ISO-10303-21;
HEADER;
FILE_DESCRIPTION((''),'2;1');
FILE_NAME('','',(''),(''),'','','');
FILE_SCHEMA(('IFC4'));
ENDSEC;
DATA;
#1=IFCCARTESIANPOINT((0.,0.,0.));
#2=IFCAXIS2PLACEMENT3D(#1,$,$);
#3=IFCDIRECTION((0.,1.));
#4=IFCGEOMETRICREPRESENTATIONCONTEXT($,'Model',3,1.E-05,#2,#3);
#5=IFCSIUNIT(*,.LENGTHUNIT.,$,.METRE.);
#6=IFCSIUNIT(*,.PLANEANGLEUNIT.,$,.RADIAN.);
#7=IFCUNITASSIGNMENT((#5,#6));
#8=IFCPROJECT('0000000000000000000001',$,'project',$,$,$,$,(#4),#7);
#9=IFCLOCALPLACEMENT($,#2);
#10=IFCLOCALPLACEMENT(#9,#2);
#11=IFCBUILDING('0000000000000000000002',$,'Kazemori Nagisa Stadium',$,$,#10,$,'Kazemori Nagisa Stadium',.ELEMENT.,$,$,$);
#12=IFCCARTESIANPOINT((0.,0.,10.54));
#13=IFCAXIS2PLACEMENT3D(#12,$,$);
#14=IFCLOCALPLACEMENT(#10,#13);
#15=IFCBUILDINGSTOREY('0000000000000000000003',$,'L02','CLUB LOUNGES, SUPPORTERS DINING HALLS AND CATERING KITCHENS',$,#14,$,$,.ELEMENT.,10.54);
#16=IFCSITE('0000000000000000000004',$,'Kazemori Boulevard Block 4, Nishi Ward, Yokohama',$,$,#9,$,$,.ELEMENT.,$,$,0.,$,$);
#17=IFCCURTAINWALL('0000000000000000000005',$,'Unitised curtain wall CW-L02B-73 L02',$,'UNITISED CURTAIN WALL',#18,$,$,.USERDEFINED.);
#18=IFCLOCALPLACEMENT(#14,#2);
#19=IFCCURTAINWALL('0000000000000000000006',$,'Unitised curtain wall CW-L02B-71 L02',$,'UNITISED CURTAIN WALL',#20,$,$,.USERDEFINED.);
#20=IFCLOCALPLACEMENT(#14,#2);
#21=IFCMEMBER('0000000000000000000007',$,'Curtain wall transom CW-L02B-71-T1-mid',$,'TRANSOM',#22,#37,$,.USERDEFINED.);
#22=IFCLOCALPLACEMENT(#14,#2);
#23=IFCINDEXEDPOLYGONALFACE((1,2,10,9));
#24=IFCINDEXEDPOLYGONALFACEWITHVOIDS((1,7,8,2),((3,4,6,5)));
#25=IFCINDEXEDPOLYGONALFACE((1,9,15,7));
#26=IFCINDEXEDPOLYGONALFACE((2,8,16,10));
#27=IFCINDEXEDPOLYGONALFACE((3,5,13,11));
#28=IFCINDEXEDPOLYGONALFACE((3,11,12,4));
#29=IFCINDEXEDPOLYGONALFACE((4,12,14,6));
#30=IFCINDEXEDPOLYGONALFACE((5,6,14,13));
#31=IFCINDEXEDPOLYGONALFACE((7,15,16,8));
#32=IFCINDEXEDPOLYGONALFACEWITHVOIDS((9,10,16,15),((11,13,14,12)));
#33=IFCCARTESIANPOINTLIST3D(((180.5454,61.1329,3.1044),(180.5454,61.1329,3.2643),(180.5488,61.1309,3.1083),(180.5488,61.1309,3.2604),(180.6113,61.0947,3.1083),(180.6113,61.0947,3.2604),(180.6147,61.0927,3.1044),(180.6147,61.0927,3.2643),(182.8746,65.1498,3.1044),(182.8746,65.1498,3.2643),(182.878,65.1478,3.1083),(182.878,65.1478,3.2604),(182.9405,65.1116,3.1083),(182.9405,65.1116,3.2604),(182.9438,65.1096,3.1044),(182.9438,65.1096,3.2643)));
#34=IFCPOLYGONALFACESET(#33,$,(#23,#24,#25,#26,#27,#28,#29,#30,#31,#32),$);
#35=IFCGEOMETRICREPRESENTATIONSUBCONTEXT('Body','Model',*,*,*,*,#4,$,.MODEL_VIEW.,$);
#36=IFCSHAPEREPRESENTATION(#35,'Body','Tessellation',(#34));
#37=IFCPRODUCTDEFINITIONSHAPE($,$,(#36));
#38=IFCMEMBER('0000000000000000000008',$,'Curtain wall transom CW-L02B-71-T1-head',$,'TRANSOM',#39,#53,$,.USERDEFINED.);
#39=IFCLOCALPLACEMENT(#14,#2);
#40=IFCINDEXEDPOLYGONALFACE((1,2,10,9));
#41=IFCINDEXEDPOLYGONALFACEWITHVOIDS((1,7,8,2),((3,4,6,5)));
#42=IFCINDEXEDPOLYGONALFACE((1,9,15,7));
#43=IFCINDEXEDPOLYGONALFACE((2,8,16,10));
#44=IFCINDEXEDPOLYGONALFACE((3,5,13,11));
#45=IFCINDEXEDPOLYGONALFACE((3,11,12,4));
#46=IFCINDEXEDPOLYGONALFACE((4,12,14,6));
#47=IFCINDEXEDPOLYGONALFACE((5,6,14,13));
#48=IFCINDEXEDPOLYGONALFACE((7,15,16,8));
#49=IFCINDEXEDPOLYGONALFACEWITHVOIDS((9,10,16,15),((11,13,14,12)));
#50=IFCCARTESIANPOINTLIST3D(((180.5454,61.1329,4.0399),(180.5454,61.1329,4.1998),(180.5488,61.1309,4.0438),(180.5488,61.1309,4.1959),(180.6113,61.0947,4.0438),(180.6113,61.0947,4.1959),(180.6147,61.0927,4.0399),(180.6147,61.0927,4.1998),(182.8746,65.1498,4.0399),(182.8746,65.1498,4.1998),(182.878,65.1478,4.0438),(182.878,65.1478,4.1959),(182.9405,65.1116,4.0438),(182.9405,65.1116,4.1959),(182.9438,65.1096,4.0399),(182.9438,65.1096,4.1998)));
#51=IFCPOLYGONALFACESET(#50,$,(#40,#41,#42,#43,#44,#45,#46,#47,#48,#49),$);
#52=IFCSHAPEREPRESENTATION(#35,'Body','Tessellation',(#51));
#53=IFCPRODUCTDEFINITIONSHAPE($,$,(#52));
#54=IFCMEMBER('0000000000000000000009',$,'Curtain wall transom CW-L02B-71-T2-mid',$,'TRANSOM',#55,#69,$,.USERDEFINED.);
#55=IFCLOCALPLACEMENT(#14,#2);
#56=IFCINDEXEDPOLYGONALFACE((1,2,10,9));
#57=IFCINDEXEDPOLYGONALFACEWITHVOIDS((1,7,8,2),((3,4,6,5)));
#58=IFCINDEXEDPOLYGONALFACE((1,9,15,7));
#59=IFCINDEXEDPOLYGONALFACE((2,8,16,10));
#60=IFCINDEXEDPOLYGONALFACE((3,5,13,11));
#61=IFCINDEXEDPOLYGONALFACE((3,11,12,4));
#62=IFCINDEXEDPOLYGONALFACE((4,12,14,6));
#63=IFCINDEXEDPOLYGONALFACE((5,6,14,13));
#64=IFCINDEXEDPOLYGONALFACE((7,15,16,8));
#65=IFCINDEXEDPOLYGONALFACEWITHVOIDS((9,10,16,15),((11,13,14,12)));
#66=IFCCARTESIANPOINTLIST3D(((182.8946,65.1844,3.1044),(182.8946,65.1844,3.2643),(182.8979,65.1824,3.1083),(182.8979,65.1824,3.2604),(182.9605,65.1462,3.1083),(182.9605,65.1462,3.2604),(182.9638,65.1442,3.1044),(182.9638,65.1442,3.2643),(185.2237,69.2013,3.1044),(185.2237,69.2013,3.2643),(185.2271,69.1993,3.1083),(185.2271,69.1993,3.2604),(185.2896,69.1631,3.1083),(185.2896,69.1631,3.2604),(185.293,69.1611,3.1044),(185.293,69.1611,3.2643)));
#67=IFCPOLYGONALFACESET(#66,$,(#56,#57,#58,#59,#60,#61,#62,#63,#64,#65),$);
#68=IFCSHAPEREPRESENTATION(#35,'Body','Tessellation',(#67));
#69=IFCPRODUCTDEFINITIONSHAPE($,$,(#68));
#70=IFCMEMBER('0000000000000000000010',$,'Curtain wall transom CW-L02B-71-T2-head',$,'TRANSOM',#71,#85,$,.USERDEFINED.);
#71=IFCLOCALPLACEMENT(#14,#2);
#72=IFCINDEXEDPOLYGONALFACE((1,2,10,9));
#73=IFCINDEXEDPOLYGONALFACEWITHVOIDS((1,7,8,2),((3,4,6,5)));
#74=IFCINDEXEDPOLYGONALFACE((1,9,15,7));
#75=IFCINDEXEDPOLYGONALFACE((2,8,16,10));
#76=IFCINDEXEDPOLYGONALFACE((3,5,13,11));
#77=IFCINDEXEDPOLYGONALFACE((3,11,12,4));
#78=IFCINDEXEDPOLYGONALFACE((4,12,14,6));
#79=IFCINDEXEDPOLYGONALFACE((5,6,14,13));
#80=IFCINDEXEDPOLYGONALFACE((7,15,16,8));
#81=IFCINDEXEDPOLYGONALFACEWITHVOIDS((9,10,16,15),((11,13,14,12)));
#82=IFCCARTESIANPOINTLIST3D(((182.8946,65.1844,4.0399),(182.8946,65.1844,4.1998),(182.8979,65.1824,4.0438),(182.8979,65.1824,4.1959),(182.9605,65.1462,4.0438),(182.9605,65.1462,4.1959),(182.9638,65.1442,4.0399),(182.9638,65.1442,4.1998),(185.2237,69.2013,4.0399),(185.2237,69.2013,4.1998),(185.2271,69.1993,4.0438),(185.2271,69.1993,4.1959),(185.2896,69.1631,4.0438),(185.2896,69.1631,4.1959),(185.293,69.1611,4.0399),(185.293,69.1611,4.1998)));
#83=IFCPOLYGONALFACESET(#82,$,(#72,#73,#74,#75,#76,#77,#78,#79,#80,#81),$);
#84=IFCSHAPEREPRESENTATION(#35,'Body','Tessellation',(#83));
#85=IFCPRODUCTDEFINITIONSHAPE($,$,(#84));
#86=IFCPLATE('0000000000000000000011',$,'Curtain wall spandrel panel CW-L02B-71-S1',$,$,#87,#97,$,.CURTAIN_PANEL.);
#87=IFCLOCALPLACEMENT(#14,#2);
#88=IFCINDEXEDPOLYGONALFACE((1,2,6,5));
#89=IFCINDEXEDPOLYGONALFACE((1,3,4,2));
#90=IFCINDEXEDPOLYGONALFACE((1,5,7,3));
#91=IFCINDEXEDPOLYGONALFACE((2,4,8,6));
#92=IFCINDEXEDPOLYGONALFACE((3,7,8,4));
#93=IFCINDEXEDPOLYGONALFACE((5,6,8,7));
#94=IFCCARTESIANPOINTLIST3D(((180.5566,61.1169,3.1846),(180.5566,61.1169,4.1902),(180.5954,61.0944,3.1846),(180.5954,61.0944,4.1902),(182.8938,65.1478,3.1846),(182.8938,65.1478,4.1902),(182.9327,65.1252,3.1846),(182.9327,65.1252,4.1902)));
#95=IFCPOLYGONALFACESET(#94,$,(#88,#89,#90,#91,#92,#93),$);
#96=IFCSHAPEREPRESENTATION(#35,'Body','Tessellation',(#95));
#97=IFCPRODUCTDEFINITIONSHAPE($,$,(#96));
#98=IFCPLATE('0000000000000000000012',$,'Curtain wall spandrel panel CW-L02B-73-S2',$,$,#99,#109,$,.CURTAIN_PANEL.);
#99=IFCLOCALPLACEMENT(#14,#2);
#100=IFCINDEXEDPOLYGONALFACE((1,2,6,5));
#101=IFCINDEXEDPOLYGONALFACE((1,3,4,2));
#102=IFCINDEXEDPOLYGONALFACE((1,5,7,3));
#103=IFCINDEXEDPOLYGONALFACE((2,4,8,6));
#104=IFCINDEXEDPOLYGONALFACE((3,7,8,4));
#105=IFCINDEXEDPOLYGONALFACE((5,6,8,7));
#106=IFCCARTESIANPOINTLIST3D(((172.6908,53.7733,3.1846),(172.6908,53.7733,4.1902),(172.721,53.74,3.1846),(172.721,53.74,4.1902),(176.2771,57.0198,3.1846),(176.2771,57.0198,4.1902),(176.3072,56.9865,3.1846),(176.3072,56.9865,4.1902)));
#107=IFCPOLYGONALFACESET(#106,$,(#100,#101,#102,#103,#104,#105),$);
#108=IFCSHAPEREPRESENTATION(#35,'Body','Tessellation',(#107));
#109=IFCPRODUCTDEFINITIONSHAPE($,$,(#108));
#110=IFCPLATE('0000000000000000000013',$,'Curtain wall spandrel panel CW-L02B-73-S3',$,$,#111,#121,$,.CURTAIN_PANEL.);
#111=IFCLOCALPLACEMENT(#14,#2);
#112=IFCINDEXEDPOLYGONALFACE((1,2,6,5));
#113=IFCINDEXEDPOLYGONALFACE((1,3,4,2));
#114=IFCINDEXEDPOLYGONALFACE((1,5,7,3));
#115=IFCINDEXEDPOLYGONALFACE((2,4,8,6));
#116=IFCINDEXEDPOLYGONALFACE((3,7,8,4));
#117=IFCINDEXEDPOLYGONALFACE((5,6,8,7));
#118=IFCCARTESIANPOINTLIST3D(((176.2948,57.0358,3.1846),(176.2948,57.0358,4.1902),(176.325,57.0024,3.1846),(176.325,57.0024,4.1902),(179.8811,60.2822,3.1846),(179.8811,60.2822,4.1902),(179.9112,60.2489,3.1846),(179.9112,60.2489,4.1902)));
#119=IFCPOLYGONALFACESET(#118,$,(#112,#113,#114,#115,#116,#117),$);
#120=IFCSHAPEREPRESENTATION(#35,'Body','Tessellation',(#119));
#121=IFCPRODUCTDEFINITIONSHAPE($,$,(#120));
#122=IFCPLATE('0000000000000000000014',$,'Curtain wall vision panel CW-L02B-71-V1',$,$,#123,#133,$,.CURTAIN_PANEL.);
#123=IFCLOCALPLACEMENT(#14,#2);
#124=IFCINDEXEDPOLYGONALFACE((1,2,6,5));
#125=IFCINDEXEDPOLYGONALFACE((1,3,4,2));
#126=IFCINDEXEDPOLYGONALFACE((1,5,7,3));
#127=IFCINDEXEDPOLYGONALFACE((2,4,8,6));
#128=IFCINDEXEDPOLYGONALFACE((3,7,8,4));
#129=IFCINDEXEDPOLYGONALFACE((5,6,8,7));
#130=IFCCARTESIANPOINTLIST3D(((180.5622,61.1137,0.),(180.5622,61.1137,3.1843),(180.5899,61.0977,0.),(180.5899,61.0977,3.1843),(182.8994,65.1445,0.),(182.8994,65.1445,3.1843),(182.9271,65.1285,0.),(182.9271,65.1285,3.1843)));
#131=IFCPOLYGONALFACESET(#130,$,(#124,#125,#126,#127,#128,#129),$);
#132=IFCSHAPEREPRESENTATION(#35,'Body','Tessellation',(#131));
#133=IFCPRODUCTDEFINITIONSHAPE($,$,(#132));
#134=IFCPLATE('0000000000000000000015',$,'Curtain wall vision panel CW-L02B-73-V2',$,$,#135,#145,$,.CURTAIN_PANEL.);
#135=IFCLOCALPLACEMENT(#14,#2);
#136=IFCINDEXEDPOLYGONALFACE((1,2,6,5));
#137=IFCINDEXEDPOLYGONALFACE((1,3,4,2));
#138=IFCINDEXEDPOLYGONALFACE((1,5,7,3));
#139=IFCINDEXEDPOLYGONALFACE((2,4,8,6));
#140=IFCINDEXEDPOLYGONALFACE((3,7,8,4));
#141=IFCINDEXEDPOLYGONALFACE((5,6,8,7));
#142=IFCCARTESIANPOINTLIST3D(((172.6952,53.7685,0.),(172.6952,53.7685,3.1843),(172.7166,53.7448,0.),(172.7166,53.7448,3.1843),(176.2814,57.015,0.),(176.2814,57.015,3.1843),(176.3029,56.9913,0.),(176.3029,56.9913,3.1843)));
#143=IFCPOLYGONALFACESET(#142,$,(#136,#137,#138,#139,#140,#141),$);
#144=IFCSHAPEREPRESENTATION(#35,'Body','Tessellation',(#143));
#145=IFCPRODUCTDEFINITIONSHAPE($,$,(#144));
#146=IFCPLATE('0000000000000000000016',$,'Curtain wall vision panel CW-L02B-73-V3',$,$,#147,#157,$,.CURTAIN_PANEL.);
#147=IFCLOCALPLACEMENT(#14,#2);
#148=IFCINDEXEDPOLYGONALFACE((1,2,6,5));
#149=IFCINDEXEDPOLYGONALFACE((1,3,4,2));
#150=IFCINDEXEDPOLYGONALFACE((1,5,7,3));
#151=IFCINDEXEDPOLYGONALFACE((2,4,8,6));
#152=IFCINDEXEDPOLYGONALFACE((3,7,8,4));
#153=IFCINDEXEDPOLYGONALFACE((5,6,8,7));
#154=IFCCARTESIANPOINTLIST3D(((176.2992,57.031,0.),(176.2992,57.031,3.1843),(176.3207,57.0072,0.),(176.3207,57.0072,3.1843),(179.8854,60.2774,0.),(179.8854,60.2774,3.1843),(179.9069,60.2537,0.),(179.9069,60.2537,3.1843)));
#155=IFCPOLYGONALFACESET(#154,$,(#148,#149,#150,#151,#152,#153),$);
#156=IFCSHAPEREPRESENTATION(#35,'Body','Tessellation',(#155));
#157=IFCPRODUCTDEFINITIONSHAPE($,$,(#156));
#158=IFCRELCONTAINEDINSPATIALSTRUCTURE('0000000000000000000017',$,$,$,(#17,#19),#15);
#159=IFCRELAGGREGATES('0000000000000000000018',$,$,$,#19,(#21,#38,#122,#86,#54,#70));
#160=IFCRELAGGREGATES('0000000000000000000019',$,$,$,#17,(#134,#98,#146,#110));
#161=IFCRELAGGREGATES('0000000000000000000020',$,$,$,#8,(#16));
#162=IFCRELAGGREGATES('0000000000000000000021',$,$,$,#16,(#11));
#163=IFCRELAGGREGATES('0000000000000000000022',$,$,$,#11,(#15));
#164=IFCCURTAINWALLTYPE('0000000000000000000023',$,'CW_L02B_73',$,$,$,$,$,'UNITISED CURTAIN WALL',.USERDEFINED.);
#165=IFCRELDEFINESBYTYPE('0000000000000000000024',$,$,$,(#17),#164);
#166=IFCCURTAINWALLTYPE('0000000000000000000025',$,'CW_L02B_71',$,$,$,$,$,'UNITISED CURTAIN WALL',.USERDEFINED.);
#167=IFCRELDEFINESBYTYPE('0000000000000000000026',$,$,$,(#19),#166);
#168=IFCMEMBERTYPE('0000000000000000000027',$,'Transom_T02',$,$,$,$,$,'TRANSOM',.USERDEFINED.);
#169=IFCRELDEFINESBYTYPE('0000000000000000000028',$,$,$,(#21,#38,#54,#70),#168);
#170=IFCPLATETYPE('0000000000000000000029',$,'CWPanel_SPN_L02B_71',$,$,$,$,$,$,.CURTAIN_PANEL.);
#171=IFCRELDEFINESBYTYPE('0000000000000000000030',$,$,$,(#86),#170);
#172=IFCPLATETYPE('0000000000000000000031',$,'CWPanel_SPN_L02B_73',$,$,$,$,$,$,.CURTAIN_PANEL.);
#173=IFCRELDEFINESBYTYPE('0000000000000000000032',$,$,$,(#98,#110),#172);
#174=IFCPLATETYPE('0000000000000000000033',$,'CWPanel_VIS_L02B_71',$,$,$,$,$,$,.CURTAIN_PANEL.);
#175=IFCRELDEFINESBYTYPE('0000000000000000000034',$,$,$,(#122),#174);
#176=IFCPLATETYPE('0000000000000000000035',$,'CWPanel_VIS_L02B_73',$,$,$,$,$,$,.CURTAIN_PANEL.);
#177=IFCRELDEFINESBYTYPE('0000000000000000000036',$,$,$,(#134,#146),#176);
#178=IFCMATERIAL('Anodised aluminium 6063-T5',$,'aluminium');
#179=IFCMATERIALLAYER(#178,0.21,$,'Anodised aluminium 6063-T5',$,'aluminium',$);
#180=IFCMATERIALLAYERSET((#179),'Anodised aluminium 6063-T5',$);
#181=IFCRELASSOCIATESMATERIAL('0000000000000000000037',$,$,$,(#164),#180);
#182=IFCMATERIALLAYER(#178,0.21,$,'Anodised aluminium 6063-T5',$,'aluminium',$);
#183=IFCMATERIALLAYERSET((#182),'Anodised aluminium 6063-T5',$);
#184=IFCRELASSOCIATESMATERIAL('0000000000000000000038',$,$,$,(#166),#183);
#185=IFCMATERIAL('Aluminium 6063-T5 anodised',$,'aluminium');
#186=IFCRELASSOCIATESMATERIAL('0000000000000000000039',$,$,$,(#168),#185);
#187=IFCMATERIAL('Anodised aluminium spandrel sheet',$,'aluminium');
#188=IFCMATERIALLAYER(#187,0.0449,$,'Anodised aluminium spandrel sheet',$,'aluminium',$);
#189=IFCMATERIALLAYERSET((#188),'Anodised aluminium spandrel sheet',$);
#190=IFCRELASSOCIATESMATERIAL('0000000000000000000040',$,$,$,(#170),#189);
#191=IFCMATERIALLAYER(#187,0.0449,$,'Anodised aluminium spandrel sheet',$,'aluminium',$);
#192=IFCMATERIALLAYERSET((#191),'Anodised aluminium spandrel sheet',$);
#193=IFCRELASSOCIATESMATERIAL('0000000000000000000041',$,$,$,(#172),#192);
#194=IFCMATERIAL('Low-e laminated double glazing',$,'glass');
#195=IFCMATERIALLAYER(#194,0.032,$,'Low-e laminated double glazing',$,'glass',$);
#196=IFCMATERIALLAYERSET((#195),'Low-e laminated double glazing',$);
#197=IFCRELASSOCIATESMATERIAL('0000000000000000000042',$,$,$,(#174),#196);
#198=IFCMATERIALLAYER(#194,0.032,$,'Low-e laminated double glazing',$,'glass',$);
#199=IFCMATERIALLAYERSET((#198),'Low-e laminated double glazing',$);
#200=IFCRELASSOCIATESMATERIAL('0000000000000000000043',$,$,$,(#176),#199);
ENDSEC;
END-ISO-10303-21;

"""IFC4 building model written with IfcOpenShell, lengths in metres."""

from ifc_helpers import new_model, si_unit, direction, frame, origin, origin_2d, place, context, subcontext, project, spatial, rectangle, hollow_rectangle, extrude, material, layer, layer_set, material_profile, profile_set, type_object, element, aggregate, save


model = new_model("IFC4")

# Units and contexts
model_context = context("Model", 3, precision=1e-05, world=origin(), true_north=direction((0.0, 1.0)))
body_context = subcontext(model_context, "Body", "Model", "MODEL_VIEW")
ifc_project = project(units=[si_unit("LENGTHUNIT", "METRE"), si_unit("PLANEANGLEUNIT", "RADIAN")], contexts=[model_context])

# Site, building, storey
site_placement = place(None, origin())
site = spatial("IfcSite", under=ifc_project, at=site_placement, Name="Kazemori Boulevard Block 4, Nishi Ward, Yokohama", CompositionType="ELEMENT", RefElevation=0.0)
building_placement = place(site_placement, origin())
building = spatial("IfcBuilding", under=site, at=building_placement, Name="Kazemori Nagisa Stadium", LongName="Kazemori Nagisa Stadium", CompositionType="ELEMENT")
storey_placement = place(building_placement, frame((0.0, 0.0, 10.54)))
storey = spatial("IfcBuildingStorey", under=building, at=storey_placement, Name="L02", Description="CLUB LOUNGES, SUPPORTERS DINING HALLS AND CATERING KITCHENS", CompositionType="ELEMENT", Elevation=10.54)

# Curtain walls
ifc_material_1 = material(Name="Anodised aluminium 6063-T5", Category="aluminium")
ifc_layer_1 = layer(ifc_material_1, 0.21, Name="Anodised aluminium 6063-T5", Category="aluminium")
ifc_layer_set_1 = layer_set([ifc_layer_1], Name="Anodised aluminium 6063-T5")
curtain_wall_type_1 = type_object("IfcCurtainWallType", Name="CW_L02B_73", ElementType="UNITISED CURTAIN WALL", PredefinedType="USERDEFINED", material=ifc_layer_set_1)
curtain_wall_1_placement = place(storey_placement, origin())
curtain_wall_1 = element("IfcCurtainWall", 1, at=curtain_wall_1_placement, inside=storey, type_object=curtain_wall_type_1, Name="Unitised curtain wall CW-L02B-73 L02", ObjectType="UNITISED CURTAIN WALL", PredefinedType="USERDEFINED")
ifc_material_2 = material(Name="Aluminium 6063-T5 anodised", Category="aluminium")
ifc_layer_2 = layer(ifc_material_1, 0.21, Name="Anodised aluminium 6063-T5", Category="aluminium")
ifc_layer_set_2 = layer_set([ifc_layer_2], Name="Anodised aluminium 6063-T5")
curtain_wall_type_2 = type_object("IfcCurtainWallType", Name="CW_L02B_71", ElementType="UNITISED CURTAIN WALL", PredefinedType="USERDEFINED", material=ifc_layer_set_2)
curtain_wall_2_placement = place(storey_placement, origin())
curtain_wall_2 = element("IfcCurtainWall", 2, at=curtain_wall_2_placement, inside=storey, type_object=curtain_wall_type_2, Name="Unitised curtain wall CW-L02B-71 L02", ObjectType="UNITISED CURTAIN WALL", PredefinedType="USERDEFINED")

# Members
ifc_material_profile_1 = material_profile(ifc_material_2, hollow_rectangle(XDim=0.0801, YDim=0.1599, WallThickness=0.0039, at=origin_2d()), Name="ALU-TRAN-80x160x4")
ifc_profile_set_1 = profile_set([ifc_material_profile_1], Name="Aluminium 6063-T5 anodised")
member_type_1 = type_object("IfcMemberType", Name="Transom_T02", ElementType="TRANSOM", PredefinedType="USERDEFINED", material=ifc_profile_set_1)
member_1_placement = place(storey_placement, frame((180.5801, 61.1128, 3.1843), z_axis=(0.50161, 0.865094, 0.0), x_axis=(-0.865094, 0.50161, 0.0)))
member_1 = element("IfcMember", 3, at=member_1_placement, type_object=member_type_1, Name="Curtain wall transom CW-L02B-71-T1-mid", ObjectType="TRANSOM", PredefinedType="USERDEFINED", context=body_context, shape_type="SweptSolid", body=[
    extrude(hollow_rectangle(XDim=0.0801, YDim=0.1599, WallThickness=0.0039, at=origin_2d()), origin(), (0.0, 0.0, 1.0), 4.6433),
])
member_2_placement = place(storey_placement, frame((180.5801, 61.1128, 4.1199), z_axis=(0.50161, 0.865094, 0.0), x_axis=(-0.865094, 0.50161, 0.0)))
member_2 = element("IfcMember", 4, at=member_2_placement, type_object=member_type_1, Name="Curtain wall transom CW-L02B-71-T1-head", ObjectType="TRANSOM", PredefinedType="USERDEFINED", context=body_context, shape_type="SweptSolid", body=[
    extrude(hollow_rectangle(XDim=0.0801, YDim=0.1599, WallThickness=0.0039, at=origin_2d()), origin(), (0.0, 0.0, 1.0), 4.6433),
])
member_3_placement = place(storey_placement, frame((182.9292, 65.1643, 3.1843), z_axis=(0.50161, 0.865094, 0.0), x_axis=(-0.865094, 0.50161, 0.0)))
member_3 = element("IfcMember", 5, at=member_3_placement, type_object=member_type_1, Name="Curtain wall transom CW-L02B-71-T2-mid", ObjectType="TRANSOM", PredefinedType="USERDEFINED", context=body_context, shape_type="SweptSolid", body=[
    extrude(hollow_rectangle(XDim=0.0801, YDim=0.1599, WallThickness=0.0039, at=origin_2d()), origin(), (0.0, 0.0, 1.0), 4.6433),
])
member_4_placement = place(storey_placement, frame((182.9292, 65.1643, 4.1199), z_axis=(0.50161, 0.865094, 0.0), x_axis=(-0.865094, 0.50161, 0.0)))
member_4 = element("IfcMember", 6, at=member_4_placement, type_object=member_type_1, Name="Curtain wall transom CW-L02B-71-T2-head", ObjectType="TRANSOM", PredefinedType="USERDEFINED", context=body_context, shape_type="SweptSolid", body=[
    extrude(hollow_rectangle(XDim=0.0801, YDim=0.1599, WallThickness=0.0039, at=origin_2d()), origin(), (0.0, 0.0, 1.0), 4.6433),
])

# Plates
ifc_material_3 = material(Name="Anodised aluminium spandrel sheet", Category="aluminium")
ifc_layer_3 = layer(ifc_material_3, 0.0449, Name="Anodised aluminium spandrel sheet", Category="aluminium")
ifc_layer_set_3 = layer_set([ifc_layer_3], Name="Anodised aluminium spandrel sheet")
plate_type_1 = type_object("IfcPlateType", Name="CWPanel_SPN_L02B_71", PredefinedType="CURTAIN_PANEL", material=ifc_layer_set_3)
plate_1_placement = place(storey_placement, frame((181.7446, 63.1211, 3.1846), z_axis=(0.0, 0.0, 1.0), x_axis=(0.501612, 0.865093, 0.0)))
plate_1 = element("IfcPlate", 7, at=plate_1_placement, type_object=plate_type_1, Name="Curtain wall spandrel panel CW-L02B-71-S1", PredefinedType="CURTAIN_PANEL", context=body_context, shape_type="SweptSolid", body=[
    extrude(rectangle(XDim=4.6594, YDim=0.0449, at=origin_2d()), origin(), (0.0, 0.0, 1.0), 1.0056),
])
ifc_layer_4 = layer(ifc_material_3, 0.0449, Name="Anodised aluminium spandrel sheet", Category="aluminium")
ifc_layer_set_4 = layer_set([ifc_layer_4], Name="Anodised aluminium spandrel sheet")
plate_type_2 = type_object("IfcPlateType", Name="CWPanel_SPN_L02B_73", PredefinedType="CURTAIN_PANEL", material=ifc_layer_set_4)
plate_2_placement = place(storey_placement, frame((174.499, 55.3799, 3.1846), z_axis=(0.0, 0.0, 1.0), x_axis=(0.741351, 0.671118, 0.0)))
plate_2 = element("IfcPlate", 8, at=plate_2_placement, type_object=plate_type_2, Name="Curtain wall spandrel panel CW-L02B-73-S2", PredefinedType="CURTAIN_PANEL", context=body_context, shape_type="SweptSolid", body=[
    extrude(rectangle(XDim=4.8374, YDim=0.0449, at=origin_2d()), origin(), (0.0, 0.0, 1.0), 1.0056),
])
plate_3_placement = place(storey_placement, frame((178.103, 58.6423, 3.1846), z_axis=(0.0, 0.0, 1.0), x_axis=(0.741351, 0.671118, 0.0)))
plate_3 = element("IfcPlate", 9, at=plate_3_placement, type_object=plate_type_2, Name="Curtain wall spandrel panel CW-L02B-73-S3", PredefinedType="CURTAIN_PANEL", context=body_context, shape_type="SweptSolid", body=[
    extrude(rectangle(XDim=4.8374, YDim=0.0449, at=origin_2d()), origin(), (0.0, 0.0, 1.0), 1.0056),
])
ifc_material_4 = material(Name="Low-e laminated double glazing", Category="glass")
ifc_layer_5 = layer(ifc_material_4, 0.032, Name="Low-e laminated double glazing", Category="glass")
ifc_layer_set_5 = layer_set([ifc_layer_5], Name="Low-e laminated double glazing")
plate_type_3 = type_object("IfcPlateType", Name="CWPanel_VIS_L02B_71", PredefinedType="CURTAIN_PANEL", material=ifc_layer_set_5)
plate_4_placement = place(storey_placement, frame((181.7446, 63.1211, 0.0), z_axis=(0.0, 0.0, 1.0), x_axis=(0.501612, 0.865093, 0.0)))
plate_4 = element("IfcPlate", 10, at=plate_4_placement, type_object=plate_type_3, Name="Curtain wall vision panel CW-L02B-71-V1", PredefinedType="CURTAIN_PANEL", context=body_context, shape_type="SweptSolid", body=[
    extrude(rectangle(XDim=4.6594, YDim=0.032, at=origin_2d()), origin(), (0.0, 0.0, 1.0), 3.1843),
])
aggregate(curtain_wall_2, [member_1, member_2, plate_4, plate_1, member_3, member_4])
ifc_layer_6 = layer(ifc_material_4, 0.032, Name="Low-e laminated double glazing", Category="glass")
ifc_layer_set_6 = layer_set([ifc_layer_6], Name="Low-e laminated double glazing")
plate_type_4 = type_object("IfcPlateType", Name="CWPanel_VIS_L02B_73", PredefinedType="CURTAIN_PANEL", material=ifc_layer_set_6)
plate_5_placement = place(storey_placement, frame((174.499, 55.3799, 0.0), z_axis=(0.0, 0.0, 1.0), x_axis=(0.741351, 0.671118, 0.0)))
plate_5 = element("IfcPlate", 11, at=plate_5_placement, type_object=plate_type_4, Name="Curtain wall vision panel CW-L02B-73-V2", PredefinedType="CURTAIN_PANEL", context=body_context, shape_type="SweptSolid", body=[
    extrude(rectangle(XDim=4.8374, YDim=0.032, at=origin_2d()), origin(), (0.0, 0.0, 1.0), 3.1843),
])
plate_6_placement = place(storey_placement, frame((178.103, 58.6423, 0.0), z_axis=(0.0, 0.0, 1.0), x_axis=(0.741351, 0.671118, 0.0)))
plate_6 = element("IfcPlate", 12, at=plate_6_placement, type_object=plate_type_4, Name="Curtain wall vision panel CW-L02B-73-V3", PredefinedType="CURTAIN_PANEL", context=body_context, shape_type="SweptSolid", body=[
    extrude(rectangle(XDim=4.8374, YDim=0.032, at=origin_2d()), origin(), (0.0, 0.0, 1.0), 3.1843),
])
aggregate(curtain_wall_1, [plate_5, plate_2, plate_6, plate_3])

save(model, "model.ifc")
